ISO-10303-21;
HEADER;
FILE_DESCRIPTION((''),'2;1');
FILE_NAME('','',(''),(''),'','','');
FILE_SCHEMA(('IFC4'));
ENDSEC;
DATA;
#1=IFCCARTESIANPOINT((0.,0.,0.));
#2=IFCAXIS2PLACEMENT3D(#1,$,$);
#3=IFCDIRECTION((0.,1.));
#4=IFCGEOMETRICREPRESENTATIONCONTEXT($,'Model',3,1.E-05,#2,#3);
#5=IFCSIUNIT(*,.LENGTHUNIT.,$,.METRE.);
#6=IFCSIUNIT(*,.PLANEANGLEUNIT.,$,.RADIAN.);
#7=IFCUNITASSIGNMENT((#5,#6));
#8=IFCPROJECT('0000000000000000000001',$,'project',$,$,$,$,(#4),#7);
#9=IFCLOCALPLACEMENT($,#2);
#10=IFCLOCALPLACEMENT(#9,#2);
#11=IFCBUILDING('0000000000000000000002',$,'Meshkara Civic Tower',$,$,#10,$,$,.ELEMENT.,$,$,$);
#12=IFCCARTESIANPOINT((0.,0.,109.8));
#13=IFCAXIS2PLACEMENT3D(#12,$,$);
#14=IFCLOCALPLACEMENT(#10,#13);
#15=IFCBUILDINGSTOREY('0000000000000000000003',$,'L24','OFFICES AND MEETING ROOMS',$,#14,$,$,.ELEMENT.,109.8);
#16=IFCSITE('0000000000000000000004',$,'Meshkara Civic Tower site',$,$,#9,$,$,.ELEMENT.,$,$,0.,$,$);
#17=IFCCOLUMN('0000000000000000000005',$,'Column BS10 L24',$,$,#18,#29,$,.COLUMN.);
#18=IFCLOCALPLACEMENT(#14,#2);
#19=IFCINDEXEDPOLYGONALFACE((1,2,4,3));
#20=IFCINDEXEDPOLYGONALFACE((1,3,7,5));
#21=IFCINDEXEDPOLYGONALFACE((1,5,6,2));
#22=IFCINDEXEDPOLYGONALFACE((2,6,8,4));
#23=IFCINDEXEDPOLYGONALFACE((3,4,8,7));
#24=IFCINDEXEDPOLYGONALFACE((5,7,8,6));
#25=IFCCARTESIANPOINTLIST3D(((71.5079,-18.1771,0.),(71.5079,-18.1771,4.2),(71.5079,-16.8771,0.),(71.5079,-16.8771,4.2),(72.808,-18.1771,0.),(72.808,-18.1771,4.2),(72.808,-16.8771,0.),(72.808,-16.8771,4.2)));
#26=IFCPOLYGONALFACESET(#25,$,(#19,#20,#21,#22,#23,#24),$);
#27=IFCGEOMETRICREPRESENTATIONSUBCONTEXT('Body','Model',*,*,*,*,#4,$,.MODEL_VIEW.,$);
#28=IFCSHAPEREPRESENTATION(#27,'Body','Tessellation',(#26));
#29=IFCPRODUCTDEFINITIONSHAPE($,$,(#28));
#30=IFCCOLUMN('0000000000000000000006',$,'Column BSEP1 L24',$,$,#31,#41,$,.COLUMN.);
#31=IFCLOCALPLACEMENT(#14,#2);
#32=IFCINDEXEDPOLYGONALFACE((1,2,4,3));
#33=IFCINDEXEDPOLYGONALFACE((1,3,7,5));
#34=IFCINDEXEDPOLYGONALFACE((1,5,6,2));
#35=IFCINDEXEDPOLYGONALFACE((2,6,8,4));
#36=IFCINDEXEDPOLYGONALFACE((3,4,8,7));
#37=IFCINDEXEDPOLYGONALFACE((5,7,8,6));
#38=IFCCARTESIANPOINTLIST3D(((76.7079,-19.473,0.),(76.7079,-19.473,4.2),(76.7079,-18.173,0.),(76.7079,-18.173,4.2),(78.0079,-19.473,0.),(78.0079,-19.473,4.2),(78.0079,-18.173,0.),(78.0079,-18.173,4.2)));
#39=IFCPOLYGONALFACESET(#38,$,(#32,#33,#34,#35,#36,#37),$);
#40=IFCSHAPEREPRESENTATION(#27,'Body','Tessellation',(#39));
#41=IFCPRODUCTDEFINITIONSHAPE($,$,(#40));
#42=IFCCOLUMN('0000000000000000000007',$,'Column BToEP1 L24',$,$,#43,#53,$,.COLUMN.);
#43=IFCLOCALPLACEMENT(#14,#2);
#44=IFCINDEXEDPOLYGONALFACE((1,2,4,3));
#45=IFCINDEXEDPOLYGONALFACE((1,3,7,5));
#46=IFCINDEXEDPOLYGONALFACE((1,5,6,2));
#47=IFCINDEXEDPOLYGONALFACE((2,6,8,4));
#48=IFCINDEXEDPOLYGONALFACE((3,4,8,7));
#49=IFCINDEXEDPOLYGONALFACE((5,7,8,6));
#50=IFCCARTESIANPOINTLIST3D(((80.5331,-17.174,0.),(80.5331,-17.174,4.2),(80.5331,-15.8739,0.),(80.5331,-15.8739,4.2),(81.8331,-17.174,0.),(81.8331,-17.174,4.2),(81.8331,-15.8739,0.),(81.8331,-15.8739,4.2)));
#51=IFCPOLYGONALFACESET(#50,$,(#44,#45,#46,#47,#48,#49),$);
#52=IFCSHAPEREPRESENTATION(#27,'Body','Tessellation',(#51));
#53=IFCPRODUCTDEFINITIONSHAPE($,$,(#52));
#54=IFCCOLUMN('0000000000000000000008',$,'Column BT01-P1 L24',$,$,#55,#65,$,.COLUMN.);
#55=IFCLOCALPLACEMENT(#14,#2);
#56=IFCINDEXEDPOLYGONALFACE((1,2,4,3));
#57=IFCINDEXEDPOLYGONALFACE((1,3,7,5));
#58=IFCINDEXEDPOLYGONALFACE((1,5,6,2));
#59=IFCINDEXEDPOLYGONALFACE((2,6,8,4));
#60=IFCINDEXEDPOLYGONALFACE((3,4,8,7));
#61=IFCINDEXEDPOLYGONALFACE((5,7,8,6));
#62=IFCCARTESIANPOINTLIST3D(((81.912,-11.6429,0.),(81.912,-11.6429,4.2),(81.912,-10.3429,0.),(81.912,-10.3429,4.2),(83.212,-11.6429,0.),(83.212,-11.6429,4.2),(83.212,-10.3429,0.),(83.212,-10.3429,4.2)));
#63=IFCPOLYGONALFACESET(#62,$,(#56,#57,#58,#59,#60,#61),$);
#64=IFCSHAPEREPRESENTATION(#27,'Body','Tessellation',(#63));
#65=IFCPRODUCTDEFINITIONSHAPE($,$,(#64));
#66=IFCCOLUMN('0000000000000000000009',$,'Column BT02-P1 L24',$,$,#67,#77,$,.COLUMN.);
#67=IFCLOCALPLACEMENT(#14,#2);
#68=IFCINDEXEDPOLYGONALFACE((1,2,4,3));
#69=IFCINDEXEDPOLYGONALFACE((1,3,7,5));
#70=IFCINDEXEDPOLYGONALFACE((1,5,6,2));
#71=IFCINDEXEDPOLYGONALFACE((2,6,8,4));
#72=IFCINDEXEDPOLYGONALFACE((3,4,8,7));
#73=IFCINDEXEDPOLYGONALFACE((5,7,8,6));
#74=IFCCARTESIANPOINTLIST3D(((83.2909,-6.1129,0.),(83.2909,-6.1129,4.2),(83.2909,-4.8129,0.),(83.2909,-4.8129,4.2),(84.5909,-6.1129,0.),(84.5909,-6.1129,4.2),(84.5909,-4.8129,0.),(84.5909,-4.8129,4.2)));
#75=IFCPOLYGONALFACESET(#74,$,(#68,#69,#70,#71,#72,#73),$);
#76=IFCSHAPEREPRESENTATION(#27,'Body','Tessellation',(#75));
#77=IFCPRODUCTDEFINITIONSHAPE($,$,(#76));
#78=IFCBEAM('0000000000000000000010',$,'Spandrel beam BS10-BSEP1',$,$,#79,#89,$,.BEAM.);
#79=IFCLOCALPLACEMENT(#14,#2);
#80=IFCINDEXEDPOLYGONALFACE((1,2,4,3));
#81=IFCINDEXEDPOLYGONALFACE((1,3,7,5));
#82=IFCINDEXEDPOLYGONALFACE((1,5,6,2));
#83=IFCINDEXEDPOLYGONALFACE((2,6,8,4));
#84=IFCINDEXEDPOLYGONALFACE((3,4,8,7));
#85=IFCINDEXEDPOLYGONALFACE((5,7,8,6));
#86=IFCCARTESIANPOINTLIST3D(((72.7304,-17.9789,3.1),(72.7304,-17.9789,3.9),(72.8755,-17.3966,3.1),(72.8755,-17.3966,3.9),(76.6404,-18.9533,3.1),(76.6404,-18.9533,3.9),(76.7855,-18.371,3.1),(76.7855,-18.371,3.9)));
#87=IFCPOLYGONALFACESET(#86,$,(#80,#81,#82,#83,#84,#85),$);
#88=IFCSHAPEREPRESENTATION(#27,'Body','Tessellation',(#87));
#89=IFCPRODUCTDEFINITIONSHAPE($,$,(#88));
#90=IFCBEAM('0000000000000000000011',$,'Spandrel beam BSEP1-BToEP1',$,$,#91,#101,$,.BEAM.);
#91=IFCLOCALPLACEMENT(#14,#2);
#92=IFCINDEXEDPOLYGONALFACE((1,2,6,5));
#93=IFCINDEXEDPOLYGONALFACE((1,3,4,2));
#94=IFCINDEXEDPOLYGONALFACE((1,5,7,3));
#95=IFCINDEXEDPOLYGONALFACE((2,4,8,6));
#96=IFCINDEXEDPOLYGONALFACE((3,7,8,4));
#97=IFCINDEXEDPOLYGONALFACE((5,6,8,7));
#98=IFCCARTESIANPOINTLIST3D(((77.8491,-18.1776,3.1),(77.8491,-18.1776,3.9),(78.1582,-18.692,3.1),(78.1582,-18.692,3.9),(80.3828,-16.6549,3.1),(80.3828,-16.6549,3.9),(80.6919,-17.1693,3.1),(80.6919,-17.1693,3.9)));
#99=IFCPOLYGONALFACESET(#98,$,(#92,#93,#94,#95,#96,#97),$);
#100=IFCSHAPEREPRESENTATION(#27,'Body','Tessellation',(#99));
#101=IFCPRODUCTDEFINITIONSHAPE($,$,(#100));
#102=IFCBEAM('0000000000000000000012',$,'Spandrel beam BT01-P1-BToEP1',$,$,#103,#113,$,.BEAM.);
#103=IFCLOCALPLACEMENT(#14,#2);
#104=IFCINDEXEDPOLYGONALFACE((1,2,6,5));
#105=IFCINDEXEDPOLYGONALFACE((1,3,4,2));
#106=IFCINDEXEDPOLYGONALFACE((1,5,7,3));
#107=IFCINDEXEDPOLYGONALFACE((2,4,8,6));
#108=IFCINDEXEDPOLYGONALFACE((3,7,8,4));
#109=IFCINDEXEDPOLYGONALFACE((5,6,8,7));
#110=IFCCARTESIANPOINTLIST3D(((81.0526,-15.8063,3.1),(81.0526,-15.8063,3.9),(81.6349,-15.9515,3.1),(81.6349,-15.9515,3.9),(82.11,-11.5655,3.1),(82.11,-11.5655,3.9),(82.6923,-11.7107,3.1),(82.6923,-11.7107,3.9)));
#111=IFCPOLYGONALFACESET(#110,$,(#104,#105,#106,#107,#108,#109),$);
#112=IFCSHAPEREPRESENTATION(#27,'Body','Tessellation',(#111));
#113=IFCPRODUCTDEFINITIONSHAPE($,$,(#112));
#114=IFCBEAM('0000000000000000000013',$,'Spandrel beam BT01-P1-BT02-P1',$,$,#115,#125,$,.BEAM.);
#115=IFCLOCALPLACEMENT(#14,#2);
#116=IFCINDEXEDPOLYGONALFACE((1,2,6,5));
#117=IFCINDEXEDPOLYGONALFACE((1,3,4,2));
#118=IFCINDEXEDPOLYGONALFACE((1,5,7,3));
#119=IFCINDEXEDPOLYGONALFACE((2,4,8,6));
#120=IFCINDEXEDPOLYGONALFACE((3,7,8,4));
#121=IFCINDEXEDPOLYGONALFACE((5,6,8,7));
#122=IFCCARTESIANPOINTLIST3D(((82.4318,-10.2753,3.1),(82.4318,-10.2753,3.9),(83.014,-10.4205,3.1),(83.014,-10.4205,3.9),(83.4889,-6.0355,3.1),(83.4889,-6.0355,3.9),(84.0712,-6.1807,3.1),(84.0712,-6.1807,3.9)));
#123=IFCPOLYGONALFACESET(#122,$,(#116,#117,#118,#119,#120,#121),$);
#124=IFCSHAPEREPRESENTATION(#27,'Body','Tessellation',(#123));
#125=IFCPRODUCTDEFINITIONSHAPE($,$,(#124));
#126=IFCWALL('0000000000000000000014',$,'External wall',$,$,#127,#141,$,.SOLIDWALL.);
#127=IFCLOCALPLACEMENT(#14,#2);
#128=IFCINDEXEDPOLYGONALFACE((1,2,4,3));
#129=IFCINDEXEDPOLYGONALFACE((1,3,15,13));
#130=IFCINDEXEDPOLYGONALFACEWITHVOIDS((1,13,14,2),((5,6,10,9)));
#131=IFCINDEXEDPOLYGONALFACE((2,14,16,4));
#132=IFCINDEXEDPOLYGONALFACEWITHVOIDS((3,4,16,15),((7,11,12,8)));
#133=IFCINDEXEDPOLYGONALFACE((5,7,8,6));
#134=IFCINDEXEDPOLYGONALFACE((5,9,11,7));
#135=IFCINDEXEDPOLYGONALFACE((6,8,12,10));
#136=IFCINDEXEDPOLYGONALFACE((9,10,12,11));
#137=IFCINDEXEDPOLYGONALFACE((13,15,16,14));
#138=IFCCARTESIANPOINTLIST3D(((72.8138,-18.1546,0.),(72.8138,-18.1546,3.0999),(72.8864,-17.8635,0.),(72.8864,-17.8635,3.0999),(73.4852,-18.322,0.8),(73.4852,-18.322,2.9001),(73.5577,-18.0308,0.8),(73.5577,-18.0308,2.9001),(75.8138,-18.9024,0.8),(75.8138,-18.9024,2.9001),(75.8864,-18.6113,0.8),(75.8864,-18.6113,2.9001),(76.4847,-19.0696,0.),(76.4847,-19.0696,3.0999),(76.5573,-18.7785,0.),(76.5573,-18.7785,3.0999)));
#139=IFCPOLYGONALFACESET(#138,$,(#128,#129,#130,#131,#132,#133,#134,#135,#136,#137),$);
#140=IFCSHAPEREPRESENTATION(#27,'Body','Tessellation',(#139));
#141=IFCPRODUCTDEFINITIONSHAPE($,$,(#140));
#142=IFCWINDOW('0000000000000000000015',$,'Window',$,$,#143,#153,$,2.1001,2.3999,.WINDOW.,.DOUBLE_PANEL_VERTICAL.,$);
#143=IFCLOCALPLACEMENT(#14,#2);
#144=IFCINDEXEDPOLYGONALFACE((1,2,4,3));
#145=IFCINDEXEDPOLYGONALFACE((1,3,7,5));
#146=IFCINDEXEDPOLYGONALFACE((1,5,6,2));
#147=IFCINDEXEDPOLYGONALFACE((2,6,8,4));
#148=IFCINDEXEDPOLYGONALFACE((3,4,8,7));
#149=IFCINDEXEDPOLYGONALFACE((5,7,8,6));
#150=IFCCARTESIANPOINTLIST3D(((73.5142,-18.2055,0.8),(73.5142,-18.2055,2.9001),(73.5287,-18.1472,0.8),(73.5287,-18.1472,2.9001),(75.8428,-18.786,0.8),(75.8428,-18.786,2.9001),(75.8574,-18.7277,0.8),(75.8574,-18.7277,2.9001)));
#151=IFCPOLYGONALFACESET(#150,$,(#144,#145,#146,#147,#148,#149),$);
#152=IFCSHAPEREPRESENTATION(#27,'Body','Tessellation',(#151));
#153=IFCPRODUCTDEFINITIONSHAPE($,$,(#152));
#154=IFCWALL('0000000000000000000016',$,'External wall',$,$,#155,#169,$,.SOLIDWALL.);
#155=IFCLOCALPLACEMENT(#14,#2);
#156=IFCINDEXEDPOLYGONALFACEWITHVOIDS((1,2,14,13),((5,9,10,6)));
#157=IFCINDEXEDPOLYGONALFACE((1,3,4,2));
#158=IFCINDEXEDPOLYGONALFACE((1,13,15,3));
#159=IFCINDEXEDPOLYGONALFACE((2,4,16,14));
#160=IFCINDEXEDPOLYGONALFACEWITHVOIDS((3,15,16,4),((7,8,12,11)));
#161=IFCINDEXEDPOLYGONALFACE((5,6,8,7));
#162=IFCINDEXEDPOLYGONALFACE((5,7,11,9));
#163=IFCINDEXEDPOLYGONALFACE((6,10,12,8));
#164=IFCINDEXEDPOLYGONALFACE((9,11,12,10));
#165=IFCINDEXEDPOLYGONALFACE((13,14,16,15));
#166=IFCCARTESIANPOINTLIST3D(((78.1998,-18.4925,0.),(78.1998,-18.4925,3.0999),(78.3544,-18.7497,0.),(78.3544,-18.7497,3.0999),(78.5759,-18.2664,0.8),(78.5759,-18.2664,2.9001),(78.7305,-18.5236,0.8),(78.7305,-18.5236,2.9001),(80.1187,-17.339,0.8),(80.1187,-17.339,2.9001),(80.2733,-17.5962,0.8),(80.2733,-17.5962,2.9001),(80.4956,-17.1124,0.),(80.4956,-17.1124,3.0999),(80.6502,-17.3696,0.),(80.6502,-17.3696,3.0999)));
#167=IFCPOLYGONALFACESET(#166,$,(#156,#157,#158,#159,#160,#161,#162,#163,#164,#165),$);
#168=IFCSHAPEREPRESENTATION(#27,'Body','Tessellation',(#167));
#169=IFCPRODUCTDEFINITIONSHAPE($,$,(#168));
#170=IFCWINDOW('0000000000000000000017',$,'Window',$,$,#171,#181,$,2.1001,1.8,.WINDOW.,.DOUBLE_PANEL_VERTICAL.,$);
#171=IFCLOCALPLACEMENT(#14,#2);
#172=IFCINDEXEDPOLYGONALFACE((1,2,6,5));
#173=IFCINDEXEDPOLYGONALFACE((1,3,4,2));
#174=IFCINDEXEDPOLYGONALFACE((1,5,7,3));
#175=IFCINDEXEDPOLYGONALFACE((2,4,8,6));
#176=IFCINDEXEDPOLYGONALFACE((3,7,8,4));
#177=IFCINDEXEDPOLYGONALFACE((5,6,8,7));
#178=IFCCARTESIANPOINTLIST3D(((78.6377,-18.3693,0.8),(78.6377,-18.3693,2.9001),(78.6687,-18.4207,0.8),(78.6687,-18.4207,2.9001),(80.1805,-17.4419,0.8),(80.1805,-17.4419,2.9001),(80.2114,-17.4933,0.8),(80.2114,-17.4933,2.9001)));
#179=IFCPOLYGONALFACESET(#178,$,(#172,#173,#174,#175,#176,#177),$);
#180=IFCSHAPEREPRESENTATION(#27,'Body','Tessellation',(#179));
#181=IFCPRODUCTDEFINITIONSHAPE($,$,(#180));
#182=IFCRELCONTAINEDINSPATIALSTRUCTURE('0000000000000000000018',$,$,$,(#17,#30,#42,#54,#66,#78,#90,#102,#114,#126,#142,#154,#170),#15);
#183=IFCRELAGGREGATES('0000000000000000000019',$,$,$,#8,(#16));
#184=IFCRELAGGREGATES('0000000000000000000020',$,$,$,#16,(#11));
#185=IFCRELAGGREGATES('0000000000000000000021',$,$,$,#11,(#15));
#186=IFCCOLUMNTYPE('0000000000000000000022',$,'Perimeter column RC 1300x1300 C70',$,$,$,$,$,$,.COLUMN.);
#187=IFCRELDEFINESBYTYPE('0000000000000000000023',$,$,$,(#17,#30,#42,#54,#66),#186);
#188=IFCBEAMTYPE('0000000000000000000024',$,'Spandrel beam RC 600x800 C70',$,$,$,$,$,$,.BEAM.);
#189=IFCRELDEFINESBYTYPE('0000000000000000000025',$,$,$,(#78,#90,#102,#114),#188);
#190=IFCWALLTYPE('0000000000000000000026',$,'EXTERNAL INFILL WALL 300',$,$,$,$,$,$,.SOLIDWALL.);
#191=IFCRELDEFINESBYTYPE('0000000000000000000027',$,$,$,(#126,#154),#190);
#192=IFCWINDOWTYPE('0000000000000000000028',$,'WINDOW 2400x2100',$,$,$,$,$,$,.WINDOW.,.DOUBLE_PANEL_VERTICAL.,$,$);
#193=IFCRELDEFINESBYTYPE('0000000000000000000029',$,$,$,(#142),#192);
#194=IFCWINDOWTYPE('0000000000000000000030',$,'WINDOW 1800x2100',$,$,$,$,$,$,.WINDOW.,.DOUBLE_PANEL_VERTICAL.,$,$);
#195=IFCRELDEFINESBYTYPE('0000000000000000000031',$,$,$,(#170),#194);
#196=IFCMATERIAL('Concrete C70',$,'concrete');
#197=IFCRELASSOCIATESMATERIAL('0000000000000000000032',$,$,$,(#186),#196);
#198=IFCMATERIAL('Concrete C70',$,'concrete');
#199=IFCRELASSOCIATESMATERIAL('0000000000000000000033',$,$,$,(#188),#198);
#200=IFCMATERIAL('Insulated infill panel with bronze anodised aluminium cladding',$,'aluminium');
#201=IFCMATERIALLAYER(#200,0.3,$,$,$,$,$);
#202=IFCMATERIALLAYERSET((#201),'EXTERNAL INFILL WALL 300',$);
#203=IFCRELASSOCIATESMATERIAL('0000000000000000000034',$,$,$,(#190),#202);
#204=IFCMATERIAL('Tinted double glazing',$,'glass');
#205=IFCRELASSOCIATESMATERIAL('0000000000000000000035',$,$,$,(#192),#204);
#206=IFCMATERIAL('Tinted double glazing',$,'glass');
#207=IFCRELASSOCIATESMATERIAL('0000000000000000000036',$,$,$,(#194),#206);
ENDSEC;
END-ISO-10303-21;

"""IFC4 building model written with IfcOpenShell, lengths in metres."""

from ifc_helpers import new_model, si_unit, direction, frame, frame_2d, origin, origin_2d, place, context, subcontext, project, spatial, rectangle, extrude, material, layer, layer_set, material_profile, profile_set, type_object, element, fill, save


model = new_model("IFC4")

# Units and contexts
model_context = context("Model", 3, precision=1e-05, world=origin(), true_north=direction((0.0, 1.0)))
body_context = subcontext(model_context, "Body", "Model", "MODEL_VIEW")
ifc_project = project(units=[si_unit("LENGTHUNIT", "METRE"), si_unit("PLANEANGLEUNIT", "RADIAN")], contexts=[model_context])

# Site, building, storey
site_placement = place(None, origin())
site = spatial("IfcSite", under=ifc_project, at=site_placement, Name="Meshkara Civic Tower site", CompositionType="ELEMENT", RefElevation=0.0)
building_placement = place(site_placement, origin())
building = spatial("IfcBuilding", under=site, at=building_placement, Name="Meshkara Civic Tower", CompositionType="ELEMENT")
storey_placement = place(building_placement, frame((0.0, 0.0, 109.8)))
storey = spatial("IfcBuildingStorey", under=building, at=storey_placement, Name="L24", Description="OFFICES AND MEETING ROOMS", CompositionType="ELEMENT", Elevation=109.8)

# Columns
ifc_material_1 = material(Name="Concrete C70", Category="concrete")
ifc_material_profile_1 = material_profile(ifc_material_1, rectangle(XDim=1.3, YDim=1.3, at=origin_2d()))
ifc_profile_set_1 = profile_set([ifc_material_profile_1], Name="Concrete C70")
column_type = type_object("IfcColumnType", Name="Perimeter column RC 1300x1300 C70", PredefinedType="COLUMN", material=ifc_profile_set_1)
for number, where, z_axis, x_axis, name in (
    (1, (72.158, -17.5271, 0.0), (0.0, 0.0, 1.0), (1.0, 0.0, 0.0), "Column BS10 L24"),
    (2, (77.3579, -18.823, 0.0), (0.0, 0.0, 1.0), (1.0, 0.0, 0.0), "Column BSEP1 L24"),
    (3, (81.1831, -16.5239, 0.0), (0.0, 0.0, 1.0), (1.0, 0.0, 0.0), "Column BToEP1 L24"),
    (4, (82.562, -10.9929, 0.0), (0.0, 0.0, 1.0), (1.0, 0.0, 0.0), "Column BT01-P1 L24"),
    (5, (83.9409, -5.4629, 0.0), (0.0, 0.0, 1.0), (1.0, 0.0, 0.0), "Column BT02-P1 L24"),
):
    element("IfcColumn", number, at=place(storey_placement, frame(where, z_axis=z_axis, x_axis=x_axis)), inside=storey, type_object=column_type, Name=name, PredefinedType="COLUMN", context=body_context, shape_type="SweptSolid", body=[
        extrude(rectangle(XDim=1.3, YDim=1.3, at=origin_2d()), origin(), (0.0, 0.0, 1.0), 4.2),
    ])

# Beams
ifc_material_2 = material(Name="Concrete C70", Category="concrete")
ifc_material_profile_2 = material_profile(ifc_material_2, rectangle(XDim=0.6001, YDim=0.8, at=origin_2d()))
ifc_profile_set_2 = profile_set([ifc_material_profile_2], Name="Concrete C70")
beam_type = type_object("IfcBeamType", Name="Spandrel beam RC 600x800 C70", PredefinedType="BEAM", material=ifc_profile_set_2)
beam_1_placement = place(storey_placement, frame((72.803, -17.6877, 3.5), z_axis=(0.970324, -0.241808, 0.0), x_axis=(0.241808, 0.970324, 0.0)))
element("IfcBeam", 6, at=beam_1_placement, inside=storey, type_object=beam_type, Name="Spandrel beam BS10-BSEP1", PredefinedType="BEAM", context=body_context, shape_type="SweptSolid", body=[
    extrude(rectangle(XDim=0.6001, YDim=0.8, at=origin_2d()), origin(), (0.0, 0.0, 1.0), 4.0295),
])
beam_2_placement = place(storey_placement, frame((78.0037, -18.4348, 3.5), z_axis=(0.857121, 0.515115, 0.0), x_axis=(-0.515115, 0.857121, 0.0)))
element("IfcBeam", 7, at=beam_2_placement, inside=storey, type_object=beam_type, Name="Spandrel beam BSEP1-BToEP1", PredefinedType="BEAM", context=body_context, shape_type="SweptSolid", body=[
    extrude(rectangle(XDim=0.6001, YDim=0.8, at=origin_2d()), origin(), (0.0, 0.0, 1.0), 2.9561),
])
beam_3_placement = place(storey_placement, frame((81.3438, -15.8789, 3.5), z_axis=(0.241931, 0.970293, 0.0), x_axis=(-0.970293, 0.241931, 0.0)))
element("IfcBeam", 8, at=beam_3_placement, inside=storey, type_object=beam_type, Name="Spandrel beam BT01-P1-BToEP1", PredefinedType="BEAM", context=body_context, shape_type="SweptSolid", body=[
    extrude(rectangle(XDim=0.6001, YDim=0.8, at=origin_2d()), origin(), (0.0, 0.0, 1.0), 4.3706),
])
beam_4_placement = place(storey_placement, frame((82.7229, -10.3479, 3.5), z_axis=(0.241931, 0.970293, 0.0), x_axis=(-0.970293, 0.241931, 0.0)))
element("IfcBeam", 9, at=beam_4_placement, inside=storey, type_object=beam_type, Name="Spandrel beam BT01-P1-BT02-P1", PredefinedType="BEAM", context=body_context, shape_type="SweptSolid", body=[
    extrude(rectangle(XDim=0.6001, YDim=0.8, at=origin_2d()), origin(), (0.0, 0.0, 1.0), 4.3696),
])

# Walls, openings, windows
ifc_material_3 = material(Name="Insulated infill panel with bronze anodised aluminium cladding", Category="aluminium")
ifc_layer_1 = layer(ifc_material_3, 0.3)
ifc_layer_set_1 = layer_set([ifc_layer_1], Name="EXTERNAL INFILL WALL 300")
wall_type_1 = type_object("IfcWallType", Name="EXTERNAL INFILL WALL 300", PredefinedType="SOLIDWALL", material=ifc_layer_set_1)
wall_1_placement = place(storey_placement, frame((72.8501, -18.009, 0.0), z_axis=(0.0, 0.0, 1.0), x_axis=(0.970309, -0.241867, 0.0)))
wall_1 = element("IfcWall", 10, at=wall_1_placement, inside=storey, type_object=wall_type_1, Name="External wall", PredefinedType="SOLIDWALL", context=body_context, shape_type="SweptSolid", body=[
    extrude(rectangle(XDim=3.7832, YDim=0.3, at=frame_2d((1.8916, 0.0))), origin(), (0.0, 0.0, 1.0), 3.0999),
])
opening_1_placement = place(wall_1_placement, frame((0.6919, 0.0, 0.8)))
opening_1 = element("IfcOpeningElement", 11, at=opening_1_placement, cuts=wall_1, PredefinedType="OPENING", context=body_context, shape_type="SweptSolid", body=[
    extrude(rectangle(XDim=2.3999, YDim=2.1001, at=frame_2d((1.2, 1.05))), frame((0.0, 0.1599, 0.0), z_axis=(0.0, -1.0, 0.0), x_axis=(1.0, 0.0, 0.0)), (0.0, 0.0, 1.0), 0.3201),
])
ifc_material_4 = material(Name="Tinted double glazing", Category="glass")
window_type_1 = type_object("IfcWindowType", Name="WINDOW 2400x2100", PartitioningType="DOUBLE_PANEL_VERTICAL", PredefinedType="WINDOW", material=ifc_material_4)
window_1_placement = place(opening_1_placement, origin())
window_1 = element("IfcWindow", 12, at=window_1_placement, inside=storey, type_object=window_type_1, Name="Window", OverallHeight=2.1001, OverallWidth=2.3999, PartitioningType="DOUBLE_PANEL_VERTICAL", PredefinedType="WINDOW", context=body_context, shape_type="SweptSolid", body=[
    extrude(rectangle(XDim=2.3999, YDim=2.1001, at=frame_2d((1.2, 1.05))), frame((0.0, 0.03, 0.0), z_axis=(0.0, -1.0, 0.0), x_axis=(1.0, 0.0, 0.0)), (0.0, 0.0, 1.0), 0.0601),
])
fill(opening_1, window_1)
wall_2_placement = place(storey_placement, frame((78.2771, -18.6211, 0.0), z_axis=(0.0, 0.0, 1.0), x_axis=(0.857066, 0.515206, 0.0)))
wall_2 = element("IfcWall", 13, at=wall_2_placement, inside=storey, type_object=wall_type_1, Name="External wall", PredefinedType="SOLIDWALL", context=body_context, shape_type="SweptSolid", body=[
    extrude(rectangle(XDim=2.6787, YDim=0.3, at=frame_2d((1.3394, 0.0))), origin(), (0.0, 0.0, 1.0), 3.0999),
])
opening_2_placement = place(wall_2_placement, frame((0.439, 0.0, 0.8)))
opening_2 = element("IfcOpeningElement", 14, at=opening_2_placement, cuts=wall_2, PredefinedType="OPENING", context=body_context, shape_type="SweptSolid", body=[
    extrude(rectangle(XDim=1.8, YDim=2.1001, at=frame_2d((0.8999, 1.05))), frame((0.0, 0.1599, 0.0), z_axis=(0.0, -1.0, 0.0), x_axis=(1.0, 0.0, 0.0)), (0.0, 0.0, 1.0), 0.3201),
])
ifc_material_5 = material(Name="Tinted double glazing", Category="glass")
window_type_2 = type_object("IfcWindowType", Name="WINDOW 1800x2100", PartitioningType="DOUBLE_PANEL_VERTICAL", PredefinedType="WINDOW", material=ifc_material_5)
window_2_placement = place(opening_2_placement, origin())
window_2 = element("IfcWindow", 15, at=window_2_placement, inside=storey, type_object=window_type_2, Name="Window", OverallHeight=2.1001, OverallWidth=1.8, PartitioningType="DOUBLE_PANEL_VERTICAL", PredefinedType="WINDOW", context=body_context, shape_type="SweptSolid", body=[
    extrude(rectangle(XDim=1.8, YDim=2.1001, at=frame_2d((0.8999, 1.05))), frame((0.0, 0.03, 0.0), z_axis=(0.0, -1.0, 0.0), x_axis=(1.0, 0.0, 0.0)), (0.0, 0.0, 1.0), 0.0601),
])
fill(opening_2, window_2)

save(model, "model.ifc")
